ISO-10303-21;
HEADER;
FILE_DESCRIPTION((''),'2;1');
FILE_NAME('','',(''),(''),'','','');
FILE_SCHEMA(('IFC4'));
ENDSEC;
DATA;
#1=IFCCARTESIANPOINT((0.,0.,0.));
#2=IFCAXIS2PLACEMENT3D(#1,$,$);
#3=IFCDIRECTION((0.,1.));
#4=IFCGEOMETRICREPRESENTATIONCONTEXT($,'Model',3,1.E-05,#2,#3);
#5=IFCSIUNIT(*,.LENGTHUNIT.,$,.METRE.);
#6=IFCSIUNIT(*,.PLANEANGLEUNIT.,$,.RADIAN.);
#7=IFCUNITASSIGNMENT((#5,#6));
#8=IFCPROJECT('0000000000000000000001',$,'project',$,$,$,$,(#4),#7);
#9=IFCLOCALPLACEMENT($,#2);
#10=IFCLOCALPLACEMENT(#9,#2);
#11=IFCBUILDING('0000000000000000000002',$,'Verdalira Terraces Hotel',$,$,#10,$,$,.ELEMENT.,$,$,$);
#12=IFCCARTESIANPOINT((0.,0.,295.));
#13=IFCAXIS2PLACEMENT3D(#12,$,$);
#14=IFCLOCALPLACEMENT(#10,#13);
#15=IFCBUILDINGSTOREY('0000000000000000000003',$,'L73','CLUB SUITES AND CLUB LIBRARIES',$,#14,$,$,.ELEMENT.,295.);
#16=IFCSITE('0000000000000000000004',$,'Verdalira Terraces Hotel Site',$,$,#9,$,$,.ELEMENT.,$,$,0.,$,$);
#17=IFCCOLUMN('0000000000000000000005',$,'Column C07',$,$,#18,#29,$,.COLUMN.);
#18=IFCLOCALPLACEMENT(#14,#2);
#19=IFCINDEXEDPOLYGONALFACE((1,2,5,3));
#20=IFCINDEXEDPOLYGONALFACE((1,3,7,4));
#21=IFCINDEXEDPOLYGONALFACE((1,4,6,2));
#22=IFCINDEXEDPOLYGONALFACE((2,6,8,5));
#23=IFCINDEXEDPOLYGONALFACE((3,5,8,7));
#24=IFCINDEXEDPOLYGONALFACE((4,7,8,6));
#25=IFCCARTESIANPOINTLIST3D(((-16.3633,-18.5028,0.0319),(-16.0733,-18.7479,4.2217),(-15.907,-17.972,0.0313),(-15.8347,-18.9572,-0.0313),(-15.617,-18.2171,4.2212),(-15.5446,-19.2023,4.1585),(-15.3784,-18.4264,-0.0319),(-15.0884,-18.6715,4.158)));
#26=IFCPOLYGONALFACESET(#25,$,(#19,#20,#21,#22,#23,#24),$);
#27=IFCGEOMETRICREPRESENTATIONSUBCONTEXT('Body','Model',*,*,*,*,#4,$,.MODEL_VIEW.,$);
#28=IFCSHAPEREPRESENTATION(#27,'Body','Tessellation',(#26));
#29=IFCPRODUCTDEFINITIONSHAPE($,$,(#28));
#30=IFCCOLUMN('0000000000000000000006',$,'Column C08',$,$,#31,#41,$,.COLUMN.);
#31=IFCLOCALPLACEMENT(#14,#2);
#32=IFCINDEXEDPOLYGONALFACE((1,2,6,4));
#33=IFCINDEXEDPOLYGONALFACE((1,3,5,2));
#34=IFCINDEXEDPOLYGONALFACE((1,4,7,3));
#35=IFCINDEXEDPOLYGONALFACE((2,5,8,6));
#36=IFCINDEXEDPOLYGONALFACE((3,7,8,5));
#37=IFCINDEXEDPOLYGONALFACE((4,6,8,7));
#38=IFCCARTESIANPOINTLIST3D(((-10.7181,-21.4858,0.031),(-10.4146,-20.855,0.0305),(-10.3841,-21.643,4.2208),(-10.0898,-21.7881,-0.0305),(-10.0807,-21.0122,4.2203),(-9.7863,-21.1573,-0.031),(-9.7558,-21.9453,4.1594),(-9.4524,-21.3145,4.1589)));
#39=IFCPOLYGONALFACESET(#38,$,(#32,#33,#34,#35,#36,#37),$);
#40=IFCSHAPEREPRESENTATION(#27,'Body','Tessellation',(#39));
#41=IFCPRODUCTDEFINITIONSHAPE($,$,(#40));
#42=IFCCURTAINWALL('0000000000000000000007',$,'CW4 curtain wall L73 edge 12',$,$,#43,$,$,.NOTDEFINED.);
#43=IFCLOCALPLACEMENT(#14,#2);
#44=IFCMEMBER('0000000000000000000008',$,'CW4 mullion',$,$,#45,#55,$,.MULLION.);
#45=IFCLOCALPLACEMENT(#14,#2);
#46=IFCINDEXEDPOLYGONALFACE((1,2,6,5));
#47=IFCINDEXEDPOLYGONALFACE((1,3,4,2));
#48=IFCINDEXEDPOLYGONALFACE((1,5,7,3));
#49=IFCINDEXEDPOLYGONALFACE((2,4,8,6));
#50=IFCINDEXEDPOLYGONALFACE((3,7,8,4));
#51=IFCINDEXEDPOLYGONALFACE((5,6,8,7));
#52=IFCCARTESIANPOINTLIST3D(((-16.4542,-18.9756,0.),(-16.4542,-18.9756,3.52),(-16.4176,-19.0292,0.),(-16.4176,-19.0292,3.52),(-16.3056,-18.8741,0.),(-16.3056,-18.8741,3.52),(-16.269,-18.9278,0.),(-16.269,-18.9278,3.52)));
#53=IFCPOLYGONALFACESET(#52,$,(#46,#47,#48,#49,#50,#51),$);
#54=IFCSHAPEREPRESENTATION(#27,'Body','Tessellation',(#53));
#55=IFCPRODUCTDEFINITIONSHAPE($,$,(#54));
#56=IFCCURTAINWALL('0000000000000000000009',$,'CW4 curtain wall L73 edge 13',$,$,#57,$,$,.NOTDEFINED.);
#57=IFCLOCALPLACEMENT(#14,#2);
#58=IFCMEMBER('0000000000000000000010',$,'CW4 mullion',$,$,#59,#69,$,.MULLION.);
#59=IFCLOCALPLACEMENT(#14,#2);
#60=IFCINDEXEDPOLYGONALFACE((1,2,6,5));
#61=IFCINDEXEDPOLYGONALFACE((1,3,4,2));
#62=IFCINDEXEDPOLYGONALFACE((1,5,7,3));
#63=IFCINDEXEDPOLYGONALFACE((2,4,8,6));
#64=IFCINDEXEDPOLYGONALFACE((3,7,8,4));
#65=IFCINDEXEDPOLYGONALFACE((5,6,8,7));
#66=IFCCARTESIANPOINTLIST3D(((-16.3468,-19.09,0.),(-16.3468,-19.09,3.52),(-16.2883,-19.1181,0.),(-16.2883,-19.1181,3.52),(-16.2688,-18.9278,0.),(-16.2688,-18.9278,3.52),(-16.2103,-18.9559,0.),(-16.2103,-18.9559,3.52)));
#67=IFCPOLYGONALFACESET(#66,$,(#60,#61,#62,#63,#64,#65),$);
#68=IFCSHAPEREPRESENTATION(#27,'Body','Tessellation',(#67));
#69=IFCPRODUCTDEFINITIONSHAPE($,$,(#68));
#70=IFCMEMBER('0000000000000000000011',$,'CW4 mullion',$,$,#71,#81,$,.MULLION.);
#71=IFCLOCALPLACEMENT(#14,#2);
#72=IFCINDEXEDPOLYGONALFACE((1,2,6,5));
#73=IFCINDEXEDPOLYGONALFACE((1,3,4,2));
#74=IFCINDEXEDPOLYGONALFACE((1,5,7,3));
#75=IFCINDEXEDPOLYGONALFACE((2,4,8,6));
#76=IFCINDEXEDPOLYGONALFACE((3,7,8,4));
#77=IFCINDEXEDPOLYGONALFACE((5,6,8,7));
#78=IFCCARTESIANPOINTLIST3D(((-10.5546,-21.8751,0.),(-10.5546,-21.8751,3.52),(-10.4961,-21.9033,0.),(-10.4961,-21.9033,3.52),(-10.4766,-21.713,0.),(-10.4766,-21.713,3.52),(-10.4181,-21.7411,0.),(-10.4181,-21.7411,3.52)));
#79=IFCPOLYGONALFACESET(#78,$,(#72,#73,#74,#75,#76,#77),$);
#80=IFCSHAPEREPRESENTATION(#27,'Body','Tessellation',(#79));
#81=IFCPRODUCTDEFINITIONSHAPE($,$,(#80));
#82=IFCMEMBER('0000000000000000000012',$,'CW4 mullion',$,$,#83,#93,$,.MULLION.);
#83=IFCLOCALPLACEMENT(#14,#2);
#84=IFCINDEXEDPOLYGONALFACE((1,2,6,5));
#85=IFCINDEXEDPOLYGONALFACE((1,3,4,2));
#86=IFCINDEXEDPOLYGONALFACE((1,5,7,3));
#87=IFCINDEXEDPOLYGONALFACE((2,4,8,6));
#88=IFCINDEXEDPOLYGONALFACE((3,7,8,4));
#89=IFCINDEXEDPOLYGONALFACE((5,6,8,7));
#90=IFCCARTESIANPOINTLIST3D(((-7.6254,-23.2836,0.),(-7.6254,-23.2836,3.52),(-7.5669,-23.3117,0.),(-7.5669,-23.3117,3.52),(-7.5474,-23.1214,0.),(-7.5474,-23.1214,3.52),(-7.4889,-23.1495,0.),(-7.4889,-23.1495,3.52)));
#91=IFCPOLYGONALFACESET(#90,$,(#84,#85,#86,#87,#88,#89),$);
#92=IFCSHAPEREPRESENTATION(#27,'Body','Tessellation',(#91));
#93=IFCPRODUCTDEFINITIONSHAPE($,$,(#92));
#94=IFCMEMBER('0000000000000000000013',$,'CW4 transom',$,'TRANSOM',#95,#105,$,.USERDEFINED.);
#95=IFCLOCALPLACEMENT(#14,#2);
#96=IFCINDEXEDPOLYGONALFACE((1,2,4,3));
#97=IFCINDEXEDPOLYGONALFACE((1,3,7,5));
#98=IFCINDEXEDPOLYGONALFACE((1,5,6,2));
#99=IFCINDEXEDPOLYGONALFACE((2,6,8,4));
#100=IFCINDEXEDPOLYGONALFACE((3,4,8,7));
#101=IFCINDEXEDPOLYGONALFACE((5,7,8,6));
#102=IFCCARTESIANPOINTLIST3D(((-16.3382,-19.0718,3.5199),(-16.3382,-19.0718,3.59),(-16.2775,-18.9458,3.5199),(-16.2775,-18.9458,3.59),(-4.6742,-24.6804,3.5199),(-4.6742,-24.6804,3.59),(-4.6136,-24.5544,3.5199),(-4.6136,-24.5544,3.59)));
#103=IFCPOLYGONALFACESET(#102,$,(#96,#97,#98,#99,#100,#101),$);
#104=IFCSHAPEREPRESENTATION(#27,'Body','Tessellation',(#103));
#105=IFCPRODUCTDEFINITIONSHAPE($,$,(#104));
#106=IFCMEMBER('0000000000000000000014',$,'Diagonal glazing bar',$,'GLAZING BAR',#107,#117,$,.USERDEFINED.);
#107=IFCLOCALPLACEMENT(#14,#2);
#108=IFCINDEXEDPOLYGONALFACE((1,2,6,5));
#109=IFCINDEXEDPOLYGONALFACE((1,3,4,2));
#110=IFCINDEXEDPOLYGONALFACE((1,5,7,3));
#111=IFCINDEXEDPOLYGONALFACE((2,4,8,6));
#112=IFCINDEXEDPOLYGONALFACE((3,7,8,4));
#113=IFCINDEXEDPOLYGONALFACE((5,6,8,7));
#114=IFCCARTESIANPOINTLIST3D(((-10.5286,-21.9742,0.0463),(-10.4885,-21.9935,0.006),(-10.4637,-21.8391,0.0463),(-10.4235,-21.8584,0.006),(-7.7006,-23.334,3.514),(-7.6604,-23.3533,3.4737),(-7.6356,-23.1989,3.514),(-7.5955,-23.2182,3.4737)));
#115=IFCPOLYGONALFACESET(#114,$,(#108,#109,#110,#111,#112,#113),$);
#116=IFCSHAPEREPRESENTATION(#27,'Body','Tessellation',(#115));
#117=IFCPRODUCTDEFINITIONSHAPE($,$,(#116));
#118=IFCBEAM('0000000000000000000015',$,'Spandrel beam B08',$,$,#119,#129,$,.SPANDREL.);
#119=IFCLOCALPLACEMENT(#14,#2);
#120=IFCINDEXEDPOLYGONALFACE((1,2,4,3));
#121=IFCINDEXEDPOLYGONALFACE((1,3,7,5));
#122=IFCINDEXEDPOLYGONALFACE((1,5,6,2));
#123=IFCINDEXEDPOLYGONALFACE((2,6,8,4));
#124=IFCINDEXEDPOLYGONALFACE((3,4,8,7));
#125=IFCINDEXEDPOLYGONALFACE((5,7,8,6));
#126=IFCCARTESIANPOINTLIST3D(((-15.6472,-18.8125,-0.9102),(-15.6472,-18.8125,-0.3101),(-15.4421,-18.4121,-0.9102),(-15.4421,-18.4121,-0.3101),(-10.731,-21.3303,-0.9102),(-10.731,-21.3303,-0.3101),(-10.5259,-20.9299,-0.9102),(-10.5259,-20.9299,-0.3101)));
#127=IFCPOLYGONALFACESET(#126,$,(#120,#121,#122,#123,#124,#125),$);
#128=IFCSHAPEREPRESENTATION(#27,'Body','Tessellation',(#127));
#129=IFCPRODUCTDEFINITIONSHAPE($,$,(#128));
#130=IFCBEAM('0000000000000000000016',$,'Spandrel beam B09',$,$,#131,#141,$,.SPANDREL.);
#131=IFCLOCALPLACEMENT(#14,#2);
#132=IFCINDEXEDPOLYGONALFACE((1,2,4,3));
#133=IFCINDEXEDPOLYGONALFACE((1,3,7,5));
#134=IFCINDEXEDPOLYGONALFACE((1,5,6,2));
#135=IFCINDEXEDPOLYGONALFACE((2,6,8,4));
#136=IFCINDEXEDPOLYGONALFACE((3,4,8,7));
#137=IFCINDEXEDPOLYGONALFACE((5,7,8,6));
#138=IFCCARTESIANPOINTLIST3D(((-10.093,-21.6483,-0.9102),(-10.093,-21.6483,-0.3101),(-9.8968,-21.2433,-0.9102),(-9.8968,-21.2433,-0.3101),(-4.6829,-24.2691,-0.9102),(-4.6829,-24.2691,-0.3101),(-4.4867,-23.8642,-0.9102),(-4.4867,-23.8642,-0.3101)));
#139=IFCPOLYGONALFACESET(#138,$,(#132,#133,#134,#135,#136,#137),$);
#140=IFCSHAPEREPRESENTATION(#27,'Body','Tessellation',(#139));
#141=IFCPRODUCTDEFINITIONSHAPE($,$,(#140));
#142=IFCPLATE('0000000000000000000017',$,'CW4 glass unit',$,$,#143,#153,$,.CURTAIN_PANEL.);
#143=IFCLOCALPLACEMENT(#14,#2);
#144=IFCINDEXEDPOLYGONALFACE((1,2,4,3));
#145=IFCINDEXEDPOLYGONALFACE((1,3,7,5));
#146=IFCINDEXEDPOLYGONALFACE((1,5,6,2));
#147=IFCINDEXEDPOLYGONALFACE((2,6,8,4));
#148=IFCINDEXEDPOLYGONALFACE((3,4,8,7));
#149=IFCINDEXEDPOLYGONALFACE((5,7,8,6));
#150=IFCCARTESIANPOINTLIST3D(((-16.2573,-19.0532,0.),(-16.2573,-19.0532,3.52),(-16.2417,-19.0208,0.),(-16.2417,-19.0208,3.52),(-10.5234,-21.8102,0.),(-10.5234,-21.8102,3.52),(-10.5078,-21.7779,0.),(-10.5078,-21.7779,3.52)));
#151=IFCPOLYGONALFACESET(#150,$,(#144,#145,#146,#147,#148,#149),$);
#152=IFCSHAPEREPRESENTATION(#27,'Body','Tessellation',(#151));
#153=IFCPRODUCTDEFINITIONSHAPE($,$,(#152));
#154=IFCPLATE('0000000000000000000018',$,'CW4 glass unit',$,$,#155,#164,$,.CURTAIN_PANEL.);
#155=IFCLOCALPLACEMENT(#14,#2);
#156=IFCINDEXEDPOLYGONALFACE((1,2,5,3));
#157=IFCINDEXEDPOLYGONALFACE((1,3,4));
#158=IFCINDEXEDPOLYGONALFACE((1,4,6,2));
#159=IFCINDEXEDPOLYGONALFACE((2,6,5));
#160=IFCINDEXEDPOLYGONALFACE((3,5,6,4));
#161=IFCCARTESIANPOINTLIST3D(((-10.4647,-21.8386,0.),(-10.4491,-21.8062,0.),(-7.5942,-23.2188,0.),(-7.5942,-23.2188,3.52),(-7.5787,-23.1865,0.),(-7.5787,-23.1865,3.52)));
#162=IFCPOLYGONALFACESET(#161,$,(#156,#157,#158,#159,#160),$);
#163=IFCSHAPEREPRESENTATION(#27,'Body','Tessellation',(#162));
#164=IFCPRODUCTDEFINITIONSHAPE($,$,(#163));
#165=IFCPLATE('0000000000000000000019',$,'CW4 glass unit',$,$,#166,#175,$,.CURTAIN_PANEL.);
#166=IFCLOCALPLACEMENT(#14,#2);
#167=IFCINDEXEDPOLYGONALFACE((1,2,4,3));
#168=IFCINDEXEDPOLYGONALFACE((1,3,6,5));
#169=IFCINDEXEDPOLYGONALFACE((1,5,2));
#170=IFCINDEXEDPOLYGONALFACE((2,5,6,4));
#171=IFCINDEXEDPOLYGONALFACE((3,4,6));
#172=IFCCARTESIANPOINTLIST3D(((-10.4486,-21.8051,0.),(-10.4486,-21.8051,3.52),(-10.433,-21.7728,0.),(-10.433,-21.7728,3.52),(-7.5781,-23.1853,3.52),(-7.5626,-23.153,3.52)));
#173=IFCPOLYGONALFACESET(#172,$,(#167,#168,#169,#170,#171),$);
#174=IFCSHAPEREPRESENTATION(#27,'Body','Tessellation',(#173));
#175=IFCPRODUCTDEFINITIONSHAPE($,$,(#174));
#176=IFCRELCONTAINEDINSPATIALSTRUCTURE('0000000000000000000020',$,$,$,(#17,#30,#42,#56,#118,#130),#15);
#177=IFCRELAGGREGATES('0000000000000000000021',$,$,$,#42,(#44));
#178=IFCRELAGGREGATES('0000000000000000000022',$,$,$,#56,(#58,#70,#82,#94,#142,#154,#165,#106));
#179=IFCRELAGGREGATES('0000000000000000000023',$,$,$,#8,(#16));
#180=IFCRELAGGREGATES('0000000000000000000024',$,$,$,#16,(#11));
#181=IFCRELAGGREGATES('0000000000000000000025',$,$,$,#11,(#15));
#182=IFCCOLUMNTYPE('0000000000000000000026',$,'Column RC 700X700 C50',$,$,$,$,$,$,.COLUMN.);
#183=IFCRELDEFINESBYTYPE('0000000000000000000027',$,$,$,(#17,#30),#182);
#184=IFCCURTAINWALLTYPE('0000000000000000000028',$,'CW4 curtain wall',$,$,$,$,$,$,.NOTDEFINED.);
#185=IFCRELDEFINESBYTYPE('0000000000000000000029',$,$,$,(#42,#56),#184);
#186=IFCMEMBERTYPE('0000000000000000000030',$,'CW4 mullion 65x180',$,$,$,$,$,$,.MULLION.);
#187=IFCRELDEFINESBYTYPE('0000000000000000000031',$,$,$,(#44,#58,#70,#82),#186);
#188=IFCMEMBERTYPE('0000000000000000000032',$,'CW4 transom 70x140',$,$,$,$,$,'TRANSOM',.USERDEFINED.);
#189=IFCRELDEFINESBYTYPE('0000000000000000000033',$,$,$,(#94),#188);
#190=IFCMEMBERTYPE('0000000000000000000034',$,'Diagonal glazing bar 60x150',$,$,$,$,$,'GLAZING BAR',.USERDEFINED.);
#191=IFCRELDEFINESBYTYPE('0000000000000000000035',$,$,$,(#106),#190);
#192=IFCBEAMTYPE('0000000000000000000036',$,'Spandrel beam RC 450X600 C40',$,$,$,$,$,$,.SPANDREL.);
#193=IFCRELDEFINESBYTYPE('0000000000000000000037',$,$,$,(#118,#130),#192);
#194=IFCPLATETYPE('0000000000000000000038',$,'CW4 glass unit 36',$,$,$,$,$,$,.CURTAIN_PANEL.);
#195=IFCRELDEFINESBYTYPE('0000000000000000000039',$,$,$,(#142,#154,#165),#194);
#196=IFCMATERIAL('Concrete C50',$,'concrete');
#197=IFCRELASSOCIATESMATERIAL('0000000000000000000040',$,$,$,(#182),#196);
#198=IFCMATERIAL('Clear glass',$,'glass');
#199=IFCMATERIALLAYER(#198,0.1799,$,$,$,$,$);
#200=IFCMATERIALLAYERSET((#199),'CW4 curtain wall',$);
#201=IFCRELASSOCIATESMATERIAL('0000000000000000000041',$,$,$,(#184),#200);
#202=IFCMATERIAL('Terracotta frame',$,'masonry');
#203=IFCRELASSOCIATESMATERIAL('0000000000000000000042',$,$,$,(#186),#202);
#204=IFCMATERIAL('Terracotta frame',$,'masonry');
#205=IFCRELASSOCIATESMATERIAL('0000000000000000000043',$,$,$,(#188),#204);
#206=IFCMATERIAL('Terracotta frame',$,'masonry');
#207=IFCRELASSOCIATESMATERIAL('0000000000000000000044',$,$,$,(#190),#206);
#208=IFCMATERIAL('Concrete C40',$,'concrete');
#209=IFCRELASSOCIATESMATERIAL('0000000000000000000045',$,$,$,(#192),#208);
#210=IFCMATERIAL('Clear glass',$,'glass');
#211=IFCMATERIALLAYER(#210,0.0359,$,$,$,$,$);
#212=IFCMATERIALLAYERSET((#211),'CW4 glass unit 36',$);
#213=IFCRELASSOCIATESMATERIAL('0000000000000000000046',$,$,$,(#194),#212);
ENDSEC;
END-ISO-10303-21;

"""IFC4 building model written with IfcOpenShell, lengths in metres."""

from ifc_helpers import new_model, si_unit, direction, frame, origin, origin_2d, place, context, subcontext, project, spatial, polyline, rectangle, outline, extrude, material, layer, layer_set, material_profile, profile_set, type_object, element, aggregate, save


model = new_model("IFC4")

# Units and contexts
model_context = context("Model", 3, precision=1e-05, world=origin(), true_north=direction((0.0, 1.0)))
body_context = subcontext(model_context, "Body", "Model", "MODEL_VIEW")
ifc_project = project(units=[si_unit("LENGTHUNIT", "METRE"), si_unit("PLANEANGLEUNIT", "RADIAN")], contexts=[model_context])

# Site, building, storey
site_placement = place(None, origin())
site = spatial("IfcSite", under=ifc_project, at=site_placement, Name="Verdalira Terraces Hotel Site", CompositionType="ELEMENT", RefElevation=0.0)
building_placement = place(site_placement, origin())
building = spatial("IfcBuilding", under=site, at=building_placement, Name="Verdalira Terraces Hotel", CompositionType="ELEMENT")
storey_placement = place(building_placement, frame((0.0, 0.0, 295.0)))
storey = spatial("IfcBuildingStorey", under=building, at=storey_placement, Name="L73", Description="CLUB SUITES AND CLUB LIBRARIES", CompositionType="ELEMENT", Elevation=295.0)

# Columns
ifc_material_1 = material(Name="Concrete C50", Category="concrete")
ifc_material_profile_1 = material_profile(ifc_material_1, rectangle(XDim=0.7, YDim=0.7, at=origin_2d()), Name="RC 700X700")
ifc_profile_set_1 = profile_set([ifc_material_profile_1], Name="Concrete C50")
column_type = type_object("IfcColumnType", Name="Column RC 700X700 C50", PredefinedType="COLUMN", material=ifc_profile_set_1)
column_1_placement = place(storey_placement, frame((-15.8709, -18.4646, 0.0), z_axis=(0.06894, -0.058263, 0.995918), x_axis=(-0.755202, 0.649249, 0.090259)))
element("IfcColumn", 1, at=column_1_placement, inside=storey, type_object=column_type, Name="Column C07", PredefinedType="COLUMN", context=body_context, shape_type="SweptSolid", body=[
    extrude(rectangle(XDim=0.7, YDim=0.7, at=origin_2d()), origin(), (0.0, 0.0, 1.0), 4.207),
])
column_2_placement = place(storey_placement, frame((-10.2522, -21.3215, 0.0), z_axis=(0.079403, -0.03738, 0.996141), x_axis=(0.897654, -0.431876, -0.087759)))
element("IfcColumn", 2, at=column_2_placement, inside=storey, type_object=column_type, Name="Column C08", PredefinedType="COLUMN", context=body_context, shape_type="SweptSolid", body=[
    extrude(rectangle(XDim=0.7, YDim=0.7, at=origin_2d()), origin(), (0.0, 0.0, 1.0), 4.2061),
])

# Curtain wall, member
ifc_material_2 = material(Name="Clear glass", Category="glass")
ifc_layer_1 = layer(ifc_material_2, 0.1799)
ifc_layer_set_1 = layer_set([ifc_layer_1], Name="CW4 curtain wall")
curtain_wall_type = type_object("IfcCurtainWallType", Name="CW4 curtain wall", PredefinedType="NOTDEFINED", material=ifc_layer_set_1)
curtain_wall_1_placement = place(storey_placement, origin())
curtain_wall_1 = element("IfcCurtainWall", 3, at=curtain_wall_1_placement, inside=storey, type_object=curtain_wall_type, Name="CW4 curtain wall L73 edge 12", PredefinedType="NOTDEFINED")
ifc_material_3 = material(Name="Terracotta frame", Category="masonry")
ifc_material_profile_2 = material_profile(ifc_material_3, rectangle(XDim=0.0649, YDim=0.1799, at=origin_2d()), Name="MU 65x180")
ifc_profile_set_2 = profile_set([ifc_material_profile_2], Name="Terracotta frame")
member_type_1 = type_object("IfcMemberType", Name="CW4 mullion 65x180", PredefinedType="MULLION", material=ifc_profile_set_2)
member_1_placement = place(storey_placement, frame((-16.3616, -18.9517, 0.0), z_axis=(0.0, 0.0, 1.0), x_axis=(0.563814, -0.825902, 0.0)))
member_1 = element("IfcMember", 4, at=member_1_placement, type_object=member_type_1, Name="CW4 mullion", PredefinedType="MULLION", context=body_context, shape_type="SweptSolid", body=[
    extrude(rectangle(XDim=0.0649, YDim=0.1799, at=origin_2d()), origin(), (0.0, 0.0, 1.0), 3.52),
])
aggregate(curtain_wall_1, [member_1])

# Curtain wall, members
curtain_wall_2_placement = place(storey_placement, origin())
curtain_wall_2 = element("IfcCurtainWall", 5, at=curtain_wall_2_placement, inside=storey, type_object=curtain_wall_type, Name="CW4 curtain wall L73 edge 13", PredefinedType="NOTDEFINED")
member_2_placement = place(storey_placement, frame((-16.2786, -19.0229, 0.0), z_axis=(0.0, 0.0, 1.0), x_axis=(0.901228, -0.433345, 0.0)))
member_2 = element("IfcMember", 6, at=member_2_placement, type_object=member_type_1, Name="CW4 mullion", PredefinedType="MULLION", context=body_context, shape_type="SweptSolid", body=[
    extrude(rectangle(XDim=0.0649, YDim=0.1799, at=origin_2d()), origin(), (0.0, 0.0, 1.0), 3.52),
])
member_3_placement = place(storey_placement, frame((-10.4863, -21.8081, 0.0), z_axis=(0.0, 0.0, 1.0), x_axis=(0.901228, -0.433345, 0.0)))
member_3 = element("IfcMember", 7, at=member_3_placement, type_object=member_type_1, Name="CW4 mullion", PredefinedType="MULLION", context=body_context, shape_type="SweptSolid", body=[
    extrude(rectangle(XDim=0.0649, YDim=0.1799, at=origin_2d()), origin(), (0.0, 0.0, 1.0), 3.52),
])
member_4_placement = place(storey_placement, frame((-7.5571, -23.2166, 0.0), z_axis=(0.0, 0.0, 1.0), x_axis=(0.901228, -0.433345, 0.0)))
member_4 = element("IfcMember", 8, at=member_4_placement, type_object=member_type_1, Name="CW4 mullion", PredefinedType="MULLION", context=body_context, shape_type="SweptSolid", body=[
    extrude(rectangle(XDim=0.0649, YDim=0.1799, at=origin_2d()), origin(), (0.0, 0.0, 1.0), 3.52),
])
ifc_material_4 = material(Name="Terracotta frame", Category="masonry")
ifc_material_profile_3 = material_profile(ifc_material_4, rectangle(XDim=0.1399, YDim=0.0701, at=origin_2d()), Name="TR 70x140")
ifc_profile_set_3 = profile_set([ifc_material_profile_3], Name="Terracotta frame")
member_type_2 = type_object("IfcMemberType", Name="CW4 transom 70x140", ElementType="TRANSOM", PredefinedType="USERDEFINED", material=ifc_profile_set_3)
member_5_placement = place(storey_placement, frame((-16.3079, -19.0088, 3.5549), z_axis=(0.901225, -0.433352, 0.0), x_axis=(0.433352, 0.901225, 0.0)))
member_5 = element("IfcMember", 9, at=member_5_placement, type_object=member_type_2, Name="CW4 transom", ObjectType="TRANSOM", PredefinedType="USERDEFINED", context=body_context, shape_type="SweptSolid", body=[
    extrude(rectangle(XDim=0.1399, YDim=0.0701, at=origin_2d()), origin(), (0.0, 0.0, 1.0), 12.9424),
])
ifc_material_5 = material(Name="Terracotta frame", Category="masonry")
ifc_material_profile_4 = material_profile(ifc_material_5, rectangle(XDim=0.1499, YDim=0.0601, at=origin_2d()), Name="GB 60x150")
ifc_profile_set_4 = profile_set([ifc_material_profile_4], Name="Terracotta frame")
member_type_3 = type_object("IfcMemberType", Name="Diagonal glazing bar 60x150", ElementType="GLAZING BAR", PredefinedType="USERDEFINED", material=ifc_profile_set_4)
member_6_placement = place(storey_placement, frame((-10.4761, -21.9163, 0.0261), z_axis=(0.604707, -0.290764, 0.741476), x_axis=(0.433343, 0.901229, 0.0)))
member_6 = element("IfcMember", 10, at=member_6_placement, type_object=member_type_3, Name="Diagonal glazing bar", ObjectType="GLAZING BAR", PredefinedType="USERDEFINED", context=body_context, shape_type="SweptSolid", body=[
    extrude(rectangle(XDim=0.1499, YDim=0.0601, at=origin_2d()), origin(), (0.0, 0.0, 1.0), 4.6768),
])

# Beams
ifc_material_6 = material(Name="Concrete C40", Category="concrete")
ifc_material_profile_5 = material_profile(ifc_material_6, rectangle(XDim=0.45, YDim=0.6001, at=origin_2d()), Name="RC 450X600")
ifc_profile_set_5 = profile_set([ifc_material_profile_5], Name="Concrete C40")
beam_type = type_object("IfcBeamType", Name="Spandrel beam RC 450X600 C40", PredefinedType="SPANDREL", material=ifc_profile_set_5)
beam_1_placement = place(storey_placement, frame((-15.5447, -18.6123, -0.6101), z_axis=(0.890063, -0.455838, 0.0), x_axis=(0.455838, 0.890063, 0.0)))
element("IfcBeam", 11, at=beam_1_placement, inside=storey, type_object=beam_type, Name="Spandrel beam B08", PredefinedType="SPANDREL", context=body_context, shape_type="SweptSolid", body=[
    extrude(rectangle(XDim=0.45, YDim=0.6001, at=origin_2d()), origin(), (0.0, 0.0, 1.0), 5.5234),
])
beam_2_placement = place(storey_placement, frame((-9.9949, -21.4458, -0.6101), z_axis=(0.899961, -0.43597, 0.0), x_axis=(0.43597, 0.899961, 0.0)))
element("IfcBeam", 12, at=beam_2_placement, inside=storey, type_object=beam_type, Name="Spandrel beam B09", PredefinedType="SPANDREL", context=body_context, shape_type="SweptSolid", body=[
    extrude(rectangle(XDim=0.45, YDim=0.6001, at=origin_2d()), origin(), (0.0, 0.0, 1.0), 6.0115),
])

# Plates
ifc_material_7 = material(Name="Clear glass", Category="glass")
ifc_layer_2 = layer(ifc_material_7, 0.0359)
ifc_layer_set_2 = layer_set([ifc_layer_2], Name="CW4 glass unit 36")
plate_type = type_object("IfcPlateType", Name="CW4 glass unit 36", PredefinedType="CURTAIN_PANEL", material=ifc_layer_set_2)
plate_1_placement = place(storey_placement, frame((-13.3826, -20.4155, 0.0), z_axis=(0.0, 0.0, 1.0), x_axis=(0.901228, -0.433345, 0.0)))
plate_1 = element("IfcPlate", 13, at=plate_1_placement, type_object=plate_type, Name="CW4 glass unit", PredefinedType="CURTAIN_PANEL", context=body_context, shape_type="SweptSolid", body=[
    extrude(rectangle(XDim=6.3623, YDim=0.0359, at=origin_2d()), origin(), (0.0, 0.0, 1.0), 3.52),
])
plate_2_placement = place(storey_placement, frame((-9.0139, -22.4963, 1.76), z_axis=(-0.433345, -0.901228, 0.0), x_axis=(0.901228, -0.433345, 0.0)))
plate_2 = element("IfcPlate", 14, at=plate_2_placement, type_object=plate_type, Name="CW4 glass unit", PredefinedType="CURTAIN_PANEL", context=body_context, shape_type="SweptSolid", body=[
    extrude(outline(polyline([(-1.5925, -1.76), (1.5925, -1.76), (1.5925, 1.76), (-1.5925, -1.76)])), origin(), (0.0, 0.0, 1.0), 0.0359),
])
plate_3_placement = place(storey_placement, frame((-8.9978, -22.4629, 1.76), z_axis=(-0.433345, -0.901228, 0.0), x_axis=(0.901228, -0.433345, 0.0)))
plate_3 = element("IfcPlate", 15, at=plate_3_placement, type_object=plate_type, Name="CW4 glass unit", PredefinedType="CURTAIN_PANEL", context=body_context, shape_type="SweptSolid", body=[
    extrude(outline(polyline([(-1.5925, -1.76), (1.5925, 1.76), (-1.5925, 1.76), (-1.5925, -1.76)])), origin(), (0.0, 0.0, 1.0), 0.0359),
])
aggregate(curtain_wall_2, [member_2, member_3, member_4, member_5, plate_1, plate_2, plate_3, member_6])

save(model, "model.ifc")
